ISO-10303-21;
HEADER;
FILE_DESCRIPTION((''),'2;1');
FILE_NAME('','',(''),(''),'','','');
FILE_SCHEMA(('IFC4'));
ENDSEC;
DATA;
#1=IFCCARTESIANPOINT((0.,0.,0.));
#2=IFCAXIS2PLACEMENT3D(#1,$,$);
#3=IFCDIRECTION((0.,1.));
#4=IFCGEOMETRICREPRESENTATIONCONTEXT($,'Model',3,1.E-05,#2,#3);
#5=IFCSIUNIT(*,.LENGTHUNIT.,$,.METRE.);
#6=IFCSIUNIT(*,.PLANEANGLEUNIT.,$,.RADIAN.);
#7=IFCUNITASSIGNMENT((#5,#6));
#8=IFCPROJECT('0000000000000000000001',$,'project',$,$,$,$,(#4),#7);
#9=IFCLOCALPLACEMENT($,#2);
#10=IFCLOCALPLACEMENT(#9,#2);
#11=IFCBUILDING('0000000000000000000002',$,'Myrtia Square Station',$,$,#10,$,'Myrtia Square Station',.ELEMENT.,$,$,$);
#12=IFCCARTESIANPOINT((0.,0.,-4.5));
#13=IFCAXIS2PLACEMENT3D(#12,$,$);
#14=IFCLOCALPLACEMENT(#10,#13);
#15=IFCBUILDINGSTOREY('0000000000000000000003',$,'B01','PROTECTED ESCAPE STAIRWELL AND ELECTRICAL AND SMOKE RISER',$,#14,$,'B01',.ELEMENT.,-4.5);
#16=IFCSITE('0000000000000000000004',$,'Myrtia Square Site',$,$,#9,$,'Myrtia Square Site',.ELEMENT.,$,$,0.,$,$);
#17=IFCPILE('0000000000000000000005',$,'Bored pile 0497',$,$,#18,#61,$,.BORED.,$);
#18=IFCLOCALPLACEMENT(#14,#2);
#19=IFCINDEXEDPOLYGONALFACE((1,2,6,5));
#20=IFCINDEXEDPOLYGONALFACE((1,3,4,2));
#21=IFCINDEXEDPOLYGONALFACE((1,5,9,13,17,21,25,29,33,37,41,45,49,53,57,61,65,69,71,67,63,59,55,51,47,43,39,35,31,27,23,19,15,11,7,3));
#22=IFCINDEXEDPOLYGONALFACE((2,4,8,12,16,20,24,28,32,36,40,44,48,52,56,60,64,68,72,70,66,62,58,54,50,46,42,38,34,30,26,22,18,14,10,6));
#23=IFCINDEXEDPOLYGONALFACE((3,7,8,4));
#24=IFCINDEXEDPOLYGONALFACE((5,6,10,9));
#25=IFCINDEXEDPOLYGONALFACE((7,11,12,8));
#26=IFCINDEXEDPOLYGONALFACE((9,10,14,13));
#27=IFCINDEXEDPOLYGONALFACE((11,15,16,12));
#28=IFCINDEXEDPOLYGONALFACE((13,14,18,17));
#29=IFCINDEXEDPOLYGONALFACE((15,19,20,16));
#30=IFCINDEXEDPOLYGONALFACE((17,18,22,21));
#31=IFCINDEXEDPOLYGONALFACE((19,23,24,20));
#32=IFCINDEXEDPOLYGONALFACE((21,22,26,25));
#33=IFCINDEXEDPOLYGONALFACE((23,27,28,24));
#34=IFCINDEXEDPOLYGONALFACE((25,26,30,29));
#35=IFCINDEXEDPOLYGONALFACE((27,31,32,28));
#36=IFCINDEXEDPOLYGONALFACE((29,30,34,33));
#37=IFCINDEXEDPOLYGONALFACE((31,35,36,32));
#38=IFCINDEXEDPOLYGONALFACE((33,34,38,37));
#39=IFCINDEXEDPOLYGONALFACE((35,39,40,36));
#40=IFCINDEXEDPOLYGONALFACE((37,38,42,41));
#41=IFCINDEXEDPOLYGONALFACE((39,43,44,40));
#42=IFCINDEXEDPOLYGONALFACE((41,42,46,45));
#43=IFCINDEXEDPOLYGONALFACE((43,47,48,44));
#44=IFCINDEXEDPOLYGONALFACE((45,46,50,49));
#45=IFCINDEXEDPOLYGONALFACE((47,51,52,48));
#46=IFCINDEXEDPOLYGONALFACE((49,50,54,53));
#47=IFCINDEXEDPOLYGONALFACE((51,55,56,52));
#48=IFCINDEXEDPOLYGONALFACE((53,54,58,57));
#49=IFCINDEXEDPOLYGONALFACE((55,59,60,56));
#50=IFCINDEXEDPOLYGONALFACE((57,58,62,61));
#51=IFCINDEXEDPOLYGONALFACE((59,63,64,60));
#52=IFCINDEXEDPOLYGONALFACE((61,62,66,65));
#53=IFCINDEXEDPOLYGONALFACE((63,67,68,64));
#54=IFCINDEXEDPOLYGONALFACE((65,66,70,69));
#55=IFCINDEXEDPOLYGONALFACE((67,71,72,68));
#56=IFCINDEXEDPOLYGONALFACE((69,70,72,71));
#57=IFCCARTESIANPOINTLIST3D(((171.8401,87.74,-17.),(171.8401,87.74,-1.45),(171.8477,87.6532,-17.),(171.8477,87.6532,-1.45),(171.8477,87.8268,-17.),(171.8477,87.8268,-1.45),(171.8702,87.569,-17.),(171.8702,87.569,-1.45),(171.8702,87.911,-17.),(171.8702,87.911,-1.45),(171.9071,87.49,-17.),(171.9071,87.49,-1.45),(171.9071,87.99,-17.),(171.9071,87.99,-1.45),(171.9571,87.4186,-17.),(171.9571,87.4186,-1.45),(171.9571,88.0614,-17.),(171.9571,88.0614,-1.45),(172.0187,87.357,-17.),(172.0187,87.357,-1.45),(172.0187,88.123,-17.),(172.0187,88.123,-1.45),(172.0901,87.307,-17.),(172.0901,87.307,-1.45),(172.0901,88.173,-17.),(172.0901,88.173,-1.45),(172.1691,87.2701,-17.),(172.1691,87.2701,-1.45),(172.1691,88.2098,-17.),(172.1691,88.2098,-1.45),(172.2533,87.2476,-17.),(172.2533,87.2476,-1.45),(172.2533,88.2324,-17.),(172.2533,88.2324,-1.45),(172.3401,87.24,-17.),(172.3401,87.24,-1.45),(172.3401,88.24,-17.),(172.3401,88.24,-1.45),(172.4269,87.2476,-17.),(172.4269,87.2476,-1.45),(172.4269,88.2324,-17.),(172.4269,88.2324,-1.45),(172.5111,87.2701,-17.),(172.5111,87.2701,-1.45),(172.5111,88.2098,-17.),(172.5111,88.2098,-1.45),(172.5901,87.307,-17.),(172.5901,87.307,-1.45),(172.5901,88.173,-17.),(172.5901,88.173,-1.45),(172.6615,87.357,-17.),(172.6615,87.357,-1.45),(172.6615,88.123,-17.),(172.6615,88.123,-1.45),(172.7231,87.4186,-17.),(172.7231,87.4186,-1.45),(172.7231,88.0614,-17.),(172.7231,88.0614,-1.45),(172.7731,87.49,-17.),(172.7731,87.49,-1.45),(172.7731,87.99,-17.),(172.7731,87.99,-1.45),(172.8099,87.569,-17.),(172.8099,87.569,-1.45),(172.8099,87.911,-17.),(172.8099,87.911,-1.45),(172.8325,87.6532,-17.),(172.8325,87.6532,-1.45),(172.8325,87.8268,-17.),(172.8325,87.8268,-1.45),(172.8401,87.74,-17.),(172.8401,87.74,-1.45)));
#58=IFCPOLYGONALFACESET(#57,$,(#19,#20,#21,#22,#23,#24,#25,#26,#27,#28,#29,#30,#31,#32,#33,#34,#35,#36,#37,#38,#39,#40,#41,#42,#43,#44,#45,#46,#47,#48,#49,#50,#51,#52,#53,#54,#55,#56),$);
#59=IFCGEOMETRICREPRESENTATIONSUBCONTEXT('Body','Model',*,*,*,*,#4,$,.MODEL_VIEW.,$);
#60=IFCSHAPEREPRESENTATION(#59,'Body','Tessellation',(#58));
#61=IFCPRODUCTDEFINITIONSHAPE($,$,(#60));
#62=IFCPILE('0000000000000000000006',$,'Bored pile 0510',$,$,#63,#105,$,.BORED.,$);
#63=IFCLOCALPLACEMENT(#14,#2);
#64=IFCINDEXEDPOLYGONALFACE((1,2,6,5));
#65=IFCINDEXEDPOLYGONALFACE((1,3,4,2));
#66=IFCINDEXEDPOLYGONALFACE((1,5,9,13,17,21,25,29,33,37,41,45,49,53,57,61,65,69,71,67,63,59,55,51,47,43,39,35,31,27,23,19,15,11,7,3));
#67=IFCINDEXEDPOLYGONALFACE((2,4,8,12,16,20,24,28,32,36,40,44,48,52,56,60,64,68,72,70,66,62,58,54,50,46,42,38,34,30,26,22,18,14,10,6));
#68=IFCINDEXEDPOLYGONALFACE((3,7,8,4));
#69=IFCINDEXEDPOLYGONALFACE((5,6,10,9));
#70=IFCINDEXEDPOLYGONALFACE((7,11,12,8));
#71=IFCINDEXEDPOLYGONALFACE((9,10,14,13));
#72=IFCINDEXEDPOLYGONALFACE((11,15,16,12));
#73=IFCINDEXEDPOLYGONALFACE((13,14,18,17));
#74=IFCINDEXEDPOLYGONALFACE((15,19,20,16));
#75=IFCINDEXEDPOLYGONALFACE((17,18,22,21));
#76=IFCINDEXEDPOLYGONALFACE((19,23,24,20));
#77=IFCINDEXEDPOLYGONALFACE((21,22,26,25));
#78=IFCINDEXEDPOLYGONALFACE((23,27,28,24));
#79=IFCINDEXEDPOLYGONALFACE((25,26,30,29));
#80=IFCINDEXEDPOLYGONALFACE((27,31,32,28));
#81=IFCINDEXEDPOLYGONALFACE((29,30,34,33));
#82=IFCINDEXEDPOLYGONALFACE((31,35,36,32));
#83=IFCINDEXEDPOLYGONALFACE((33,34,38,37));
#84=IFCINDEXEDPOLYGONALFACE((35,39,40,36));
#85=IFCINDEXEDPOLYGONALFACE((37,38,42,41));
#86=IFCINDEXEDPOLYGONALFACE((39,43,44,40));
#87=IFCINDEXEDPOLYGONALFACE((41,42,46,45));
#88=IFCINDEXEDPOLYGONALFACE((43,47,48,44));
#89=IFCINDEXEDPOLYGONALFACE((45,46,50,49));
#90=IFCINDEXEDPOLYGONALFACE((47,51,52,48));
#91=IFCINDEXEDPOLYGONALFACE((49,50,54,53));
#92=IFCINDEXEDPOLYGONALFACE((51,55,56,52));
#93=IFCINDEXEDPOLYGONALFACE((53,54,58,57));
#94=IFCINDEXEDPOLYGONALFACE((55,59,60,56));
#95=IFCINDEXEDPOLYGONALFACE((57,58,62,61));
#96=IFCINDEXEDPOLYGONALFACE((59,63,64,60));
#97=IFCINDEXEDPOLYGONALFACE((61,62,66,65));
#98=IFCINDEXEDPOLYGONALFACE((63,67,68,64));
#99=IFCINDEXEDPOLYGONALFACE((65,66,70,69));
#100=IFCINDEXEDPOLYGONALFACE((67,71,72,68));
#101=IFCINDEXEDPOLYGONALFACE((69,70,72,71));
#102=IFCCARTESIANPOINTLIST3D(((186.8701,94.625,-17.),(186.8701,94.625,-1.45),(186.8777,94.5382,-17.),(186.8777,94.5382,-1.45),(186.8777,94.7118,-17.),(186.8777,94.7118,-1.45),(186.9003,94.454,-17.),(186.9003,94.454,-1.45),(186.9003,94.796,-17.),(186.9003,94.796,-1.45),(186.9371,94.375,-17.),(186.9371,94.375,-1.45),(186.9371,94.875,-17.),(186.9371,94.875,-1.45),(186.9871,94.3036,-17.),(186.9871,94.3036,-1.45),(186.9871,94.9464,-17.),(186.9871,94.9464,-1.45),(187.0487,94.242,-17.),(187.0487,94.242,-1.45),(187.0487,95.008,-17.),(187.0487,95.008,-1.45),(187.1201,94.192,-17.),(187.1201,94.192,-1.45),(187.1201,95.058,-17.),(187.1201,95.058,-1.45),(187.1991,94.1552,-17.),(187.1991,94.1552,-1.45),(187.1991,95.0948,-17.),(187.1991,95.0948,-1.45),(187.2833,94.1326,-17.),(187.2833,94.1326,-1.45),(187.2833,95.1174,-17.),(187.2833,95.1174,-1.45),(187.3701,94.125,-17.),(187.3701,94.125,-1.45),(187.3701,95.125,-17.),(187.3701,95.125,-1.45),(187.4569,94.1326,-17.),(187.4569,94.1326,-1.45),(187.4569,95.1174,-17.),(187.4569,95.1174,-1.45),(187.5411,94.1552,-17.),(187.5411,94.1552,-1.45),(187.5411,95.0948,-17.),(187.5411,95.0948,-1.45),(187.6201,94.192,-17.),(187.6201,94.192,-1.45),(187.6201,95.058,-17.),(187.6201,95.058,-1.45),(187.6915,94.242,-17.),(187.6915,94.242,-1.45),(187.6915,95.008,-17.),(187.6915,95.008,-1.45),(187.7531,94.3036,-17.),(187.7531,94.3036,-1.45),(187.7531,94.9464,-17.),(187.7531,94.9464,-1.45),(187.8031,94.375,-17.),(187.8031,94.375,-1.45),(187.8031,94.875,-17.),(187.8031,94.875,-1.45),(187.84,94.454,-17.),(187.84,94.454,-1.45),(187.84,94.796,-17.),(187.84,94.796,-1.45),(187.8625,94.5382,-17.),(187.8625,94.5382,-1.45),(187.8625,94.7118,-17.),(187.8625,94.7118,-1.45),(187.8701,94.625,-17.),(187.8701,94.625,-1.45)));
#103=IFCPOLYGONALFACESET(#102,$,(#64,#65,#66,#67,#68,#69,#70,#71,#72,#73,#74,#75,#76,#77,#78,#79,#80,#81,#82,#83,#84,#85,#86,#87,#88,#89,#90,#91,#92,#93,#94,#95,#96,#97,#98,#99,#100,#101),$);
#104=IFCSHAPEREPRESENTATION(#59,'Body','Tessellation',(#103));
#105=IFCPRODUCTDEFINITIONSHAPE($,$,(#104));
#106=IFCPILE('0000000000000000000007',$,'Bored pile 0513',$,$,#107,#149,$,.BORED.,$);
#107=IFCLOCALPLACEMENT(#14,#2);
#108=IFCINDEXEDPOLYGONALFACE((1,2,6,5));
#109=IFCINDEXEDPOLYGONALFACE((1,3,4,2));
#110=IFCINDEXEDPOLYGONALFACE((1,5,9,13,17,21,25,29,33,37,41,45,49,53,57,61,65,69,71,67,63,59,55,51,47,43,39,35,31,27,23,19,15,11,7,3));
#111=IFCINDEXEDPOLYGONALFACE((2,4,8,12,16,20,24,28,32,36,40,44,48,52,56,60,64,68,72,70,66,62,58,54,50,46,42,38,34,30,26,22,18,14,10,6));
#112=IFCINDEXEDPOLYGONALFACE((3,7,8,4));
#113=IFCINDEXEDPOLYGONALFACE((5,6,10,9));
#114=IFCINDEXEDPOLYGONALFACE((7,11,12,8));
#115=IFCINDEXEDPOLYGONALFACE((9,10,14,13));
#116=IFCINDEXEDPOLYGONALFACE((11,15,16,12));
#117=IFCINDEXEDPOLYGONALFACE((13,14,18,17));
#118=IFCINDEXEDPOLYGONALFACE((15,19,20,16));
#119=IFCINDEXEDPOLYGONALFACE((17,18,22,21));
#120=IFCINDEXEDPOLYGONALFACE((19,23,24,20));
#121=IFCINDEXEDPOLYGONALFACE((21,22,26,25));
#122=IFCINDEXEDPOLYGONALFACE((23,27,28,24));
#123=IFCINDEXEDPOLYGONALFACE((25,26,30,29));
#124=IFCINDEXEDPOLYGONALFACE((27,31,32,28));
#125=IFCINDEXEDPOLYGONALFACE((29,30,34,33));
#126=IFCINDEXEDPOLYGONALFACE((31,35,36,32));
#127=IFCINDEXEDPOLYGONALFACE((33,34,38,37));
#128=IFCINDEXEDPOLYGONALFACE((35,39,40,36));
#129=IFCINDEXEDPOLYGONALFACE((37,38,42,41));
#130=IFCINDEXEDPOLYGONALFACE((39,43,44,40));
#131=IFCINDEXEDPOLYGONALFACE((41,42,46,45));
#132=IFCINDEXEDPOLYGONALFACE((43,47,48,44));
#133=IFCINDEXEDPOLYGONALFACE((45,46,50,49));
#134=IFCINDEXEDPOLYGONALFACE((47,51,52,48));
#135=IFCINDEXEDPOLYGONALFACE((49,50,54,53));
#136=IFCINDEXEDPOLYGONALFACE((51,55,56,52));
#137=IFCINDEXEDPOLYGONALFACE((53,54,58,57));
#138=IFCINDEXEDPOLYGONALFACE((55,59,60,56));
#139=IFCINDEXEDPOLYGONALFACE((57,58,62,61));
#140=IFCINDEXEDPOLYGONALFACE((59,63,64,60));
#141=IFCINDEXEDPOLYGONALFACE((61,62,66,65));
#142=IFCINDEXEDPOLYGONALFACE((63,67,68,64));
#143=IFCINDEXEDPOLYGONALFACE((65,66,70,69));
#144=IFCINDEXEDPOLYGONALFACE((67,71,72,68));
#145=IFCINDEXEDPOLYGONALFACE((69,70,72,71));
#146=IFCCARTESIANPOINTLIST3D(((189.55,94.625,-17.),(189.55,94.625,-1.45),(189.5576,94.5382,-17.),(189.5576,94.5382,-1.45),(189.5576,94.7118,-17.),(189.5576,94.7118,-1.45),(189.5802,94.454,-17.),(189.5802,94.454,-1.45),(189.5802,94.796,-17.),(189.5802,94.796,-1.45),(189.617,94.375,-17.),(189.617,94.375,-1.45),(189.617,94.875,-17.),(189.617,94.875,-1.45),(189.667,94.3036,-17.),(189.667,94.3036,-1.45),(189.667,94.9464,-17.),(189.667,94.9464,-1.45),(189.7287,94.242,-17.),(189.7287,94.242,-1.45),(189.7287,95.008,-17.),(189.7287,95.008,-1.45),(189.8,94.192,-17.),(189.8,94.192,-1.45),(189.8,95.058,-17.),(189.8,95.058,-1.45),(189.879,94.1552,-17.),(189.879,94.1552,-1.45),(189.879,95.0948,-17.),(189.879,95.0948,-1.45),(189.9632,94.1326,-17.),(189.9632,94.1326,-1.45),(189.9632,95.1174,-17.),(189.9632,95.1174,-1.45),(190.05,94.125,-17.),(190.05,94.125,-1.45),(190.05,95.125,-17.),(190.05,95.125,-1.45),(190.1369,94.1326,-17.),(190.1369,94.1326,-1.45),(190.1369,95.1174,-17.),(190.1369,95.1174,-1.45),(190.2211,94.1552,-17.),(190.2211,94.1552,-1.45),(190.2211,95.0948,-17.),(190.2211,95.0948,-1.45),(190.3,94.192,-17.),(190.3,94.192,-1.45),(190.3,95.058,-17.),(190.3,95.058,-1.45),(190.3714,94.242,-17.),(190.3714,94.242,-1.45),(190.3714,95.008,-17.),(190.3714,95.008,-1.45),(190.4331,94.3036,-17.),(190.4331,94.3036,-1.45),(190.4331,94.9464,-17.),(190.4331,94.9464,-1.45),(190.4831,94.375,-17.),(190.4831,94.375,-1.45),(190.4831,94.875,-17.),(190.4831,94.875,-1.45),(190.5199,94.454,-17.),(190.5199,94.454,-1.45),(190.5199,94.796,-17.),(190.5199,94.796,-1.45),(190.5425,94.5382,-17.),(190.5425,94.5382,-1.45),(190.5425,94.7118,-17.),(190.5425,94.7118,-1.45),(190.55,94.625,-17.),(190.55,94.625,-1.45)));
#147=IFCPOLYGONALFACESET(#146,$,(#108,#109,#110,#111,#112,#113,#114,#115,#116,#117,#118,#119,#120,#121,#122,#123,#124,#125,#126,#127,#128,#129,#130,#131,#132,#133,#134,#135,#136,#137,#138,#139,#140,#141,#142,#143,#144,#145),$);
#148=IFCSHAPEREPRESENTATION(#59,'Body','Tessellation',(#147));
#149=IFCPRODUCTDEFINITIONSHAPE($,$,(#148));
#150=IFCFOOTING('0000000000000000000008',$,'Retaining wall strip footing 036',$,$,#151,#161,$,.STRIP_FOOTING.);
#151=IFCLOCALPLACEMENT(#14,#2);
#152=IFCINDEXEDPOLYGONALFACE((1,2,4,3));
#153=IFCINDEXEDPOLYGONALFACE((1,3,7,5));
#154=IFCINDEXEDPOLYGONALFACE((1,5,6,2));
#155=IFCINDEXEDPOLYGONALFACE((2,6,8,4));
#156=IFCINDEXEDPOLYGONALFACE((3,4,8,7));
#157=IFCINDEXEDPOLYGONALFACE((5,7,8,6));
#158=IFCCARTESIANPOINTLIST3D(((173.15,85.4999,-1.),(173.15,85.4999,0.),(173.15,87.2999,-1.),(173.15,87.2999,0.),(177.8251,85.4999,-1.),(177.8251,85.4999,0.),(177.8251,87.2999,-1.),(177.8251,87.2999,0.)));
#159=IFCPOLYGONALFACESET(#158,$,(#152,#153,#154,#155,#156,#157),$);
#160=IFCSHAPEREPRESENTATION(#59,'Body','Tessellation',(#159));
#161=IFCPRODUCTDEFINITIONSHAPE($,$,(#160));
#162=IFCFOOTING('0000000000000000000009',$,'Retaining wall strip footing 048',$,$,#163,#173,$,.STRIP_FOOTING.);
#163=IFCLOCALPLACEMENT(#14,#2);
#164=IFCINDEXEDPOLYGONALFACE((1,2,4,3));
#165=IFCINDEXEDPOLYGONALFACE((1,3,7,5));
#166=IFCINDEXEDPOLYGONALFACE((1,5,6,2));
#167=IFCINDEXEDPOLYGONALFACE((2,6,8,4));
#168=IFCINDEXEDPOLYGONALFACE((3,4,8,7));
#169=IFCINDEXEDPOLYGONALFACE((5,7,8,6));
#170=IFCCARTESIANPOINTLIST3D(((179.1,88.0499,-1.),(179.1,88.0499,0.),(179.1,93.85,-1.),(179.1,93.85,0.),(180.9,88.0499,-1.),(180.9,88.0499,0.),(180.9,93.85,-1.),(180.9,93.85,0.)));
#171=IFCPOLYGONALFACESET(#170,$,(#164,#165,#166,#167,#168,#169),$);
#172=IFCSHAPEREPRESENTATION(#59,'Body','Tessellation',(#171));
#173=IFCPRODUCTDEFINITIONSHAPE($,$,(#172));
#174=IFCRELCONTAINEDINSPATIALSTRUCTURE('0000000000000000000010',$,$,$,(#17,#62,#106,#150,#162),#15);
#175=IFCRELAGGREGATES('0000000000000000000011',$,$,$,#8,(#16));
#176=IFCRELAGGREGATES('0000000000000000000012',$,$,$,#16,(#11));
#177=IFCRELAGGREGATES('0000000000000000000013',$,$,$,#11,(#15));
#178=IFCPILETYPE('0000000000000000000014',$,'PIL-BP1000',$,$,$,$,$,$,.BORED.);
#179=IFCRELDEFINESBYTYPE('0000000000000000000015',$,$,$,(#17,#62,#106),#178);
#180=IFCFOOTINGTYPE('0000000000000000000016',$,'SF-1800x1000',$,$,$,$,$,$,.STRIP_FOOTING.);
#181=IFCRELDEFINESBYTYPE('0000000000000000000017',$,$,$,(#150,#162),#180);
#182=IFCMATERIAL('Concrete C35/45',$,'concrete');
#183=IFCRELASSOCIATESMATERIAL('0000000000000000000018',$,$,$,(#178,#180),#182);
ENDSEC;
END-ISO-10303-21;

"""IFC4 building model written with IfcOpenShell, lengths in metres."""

from ifc_helpers import new_model, si_unit, direction, frame, origin, origin_2d, place, context, subcontext, project, spatial, rectangle, circle, extrude, material, material_profile, profile_set, type_object, element, save


model = new_model("IFC4")

# Units and contexts
model_context = context("Model", 3, precision=1e-05, world=origin(), true_north=direction((0.0, 1.0)))
body_context = subcontext(model_context, "Body", "Model", "MODEL_VIEW")
ifc_project = project(units=[si_unit("LENGTHUNIT", "METRE"), si_unit("PLANEANGLEUNIT", "RADIAN")], contexts=[model_context])

# Site, building, storey
site_placement = place(None, origin())
site = spatial("IfcSite", under=ifc_project, at=site_placement, Name="Myrtia Square Site", LongName="Myrtia Square Site", CompositionType="ELEMENT", RefElevation=0.0)
building_placement = place(site_placement, origin())
building = spatial("IfcBuilding", under=site, at=building_placement, Name="Myrtia Square Station", LongName="Myrtia Square Station", CompositionType="ELEMENT")
storey_placement = place(building_placement, frame((0.0, 0.0, -4.5)))
storey = spatial("IfcBuildingStorey", under=building, at=storey_placement, Name="B01", Description="PROTECTED ESCAPE STAIRWELL AND ELECTRICAL AND SMOKE RISER", LongName="B01", CompositionType="ELEMENT", Elevation=-4.5)

# Shared definitions
ifc_material_1 = material(Name="Concrete C35/45", Category="concrete")

# Piles
ifc_material_profile_1 = material_profile(ifc_material_1, circle(Radius=0.5, at=origin_2d()), Name="BP D1000")
ifc_profile_set_1 = profile_set([ifc_material_profile_1], Name="Concrete C35/45")
pile_type = type_object("IfcPileType", Name="PIL-BP1000", PredefinedType="BORED", material=ifc_profile_set_1)
for number, where, z_axis, x_axis, name in (
    (1, (172.3401, 87.74, -1.45), (0.0, 0.0, -1.0), (1.0, 0.0, 0.0), "Bored pile 0497"),
    (2, (187.3701, 94.625, -1.45), (0.0, 0.0, -1.0), (1.0, 0.0, 0.0), "Bored pile 0510"),
    (3, (190.05, 94.625, -1.45), (0.0, 0.0, -1.0), (1.0, 0.0, 0.0), "Bored pile 0513"),
):
    element("IfcPile", number, at=place(storey_placement, frame(where, z_axis=z_axis, x_axis=x_axis)), inside=storey, type_object=pile_type, Name=name, PredefinedType="BORED", context=body_context, shape_type="SweptSolid", body=[
        extrude(circle(Radius=0.5, at=origin_2d()), origin(), (0.0, 0.0, 1.0), 15.55),
    ])

# Footings
footing_type_1 = type_object("IfcFootingType", Name="SF-1800x1000", PredefinedType="STRIP_FOOTING", material=ifc_material_1)
footing_1_placement = place(storey_placement, frame((175.4875, 86.3999, -1.0), z_axis=(0.0, 0.0, 1.0), x_axis=(1.0, 0.0, 0.0)))
element("IfcFooting", 4, at=footing_1_placement, inside=storey, type_object=footing_type_1, Name="Retaining wall strip footing 036", PredefinedType="STRIP_FOOTING", context=body_context, shape_type="SweptSolid", body=[
    extrude(rectangle(XDim=4.675, YDim=1.8, at=origin_2d()), origin(), (0.0, 0.0, 1.0), 1.0),
])
footing_2_placement = place(storey_placement, frame((180.0, 90.95, -1.0), z_axis=(0.0, 0.0, 1.0), x_axis=(1.0, 0.0, 0.0)))
element("IfcFooting", 5, at=footing_2_placement, inside=storey, type_object=footing_type_1, Name="Retaining wall strip footing 048", PredefinedType="STRIP_FOOTING", context=body_context, shape_type="SweptSolid", body=[
    extrude(rectangle(XDim=1.8, YDim=5.8, at=origin_2d()), origin(), (0.0, 0.0, 1.0), 1.0),
])

save(model, "model.ifc")
